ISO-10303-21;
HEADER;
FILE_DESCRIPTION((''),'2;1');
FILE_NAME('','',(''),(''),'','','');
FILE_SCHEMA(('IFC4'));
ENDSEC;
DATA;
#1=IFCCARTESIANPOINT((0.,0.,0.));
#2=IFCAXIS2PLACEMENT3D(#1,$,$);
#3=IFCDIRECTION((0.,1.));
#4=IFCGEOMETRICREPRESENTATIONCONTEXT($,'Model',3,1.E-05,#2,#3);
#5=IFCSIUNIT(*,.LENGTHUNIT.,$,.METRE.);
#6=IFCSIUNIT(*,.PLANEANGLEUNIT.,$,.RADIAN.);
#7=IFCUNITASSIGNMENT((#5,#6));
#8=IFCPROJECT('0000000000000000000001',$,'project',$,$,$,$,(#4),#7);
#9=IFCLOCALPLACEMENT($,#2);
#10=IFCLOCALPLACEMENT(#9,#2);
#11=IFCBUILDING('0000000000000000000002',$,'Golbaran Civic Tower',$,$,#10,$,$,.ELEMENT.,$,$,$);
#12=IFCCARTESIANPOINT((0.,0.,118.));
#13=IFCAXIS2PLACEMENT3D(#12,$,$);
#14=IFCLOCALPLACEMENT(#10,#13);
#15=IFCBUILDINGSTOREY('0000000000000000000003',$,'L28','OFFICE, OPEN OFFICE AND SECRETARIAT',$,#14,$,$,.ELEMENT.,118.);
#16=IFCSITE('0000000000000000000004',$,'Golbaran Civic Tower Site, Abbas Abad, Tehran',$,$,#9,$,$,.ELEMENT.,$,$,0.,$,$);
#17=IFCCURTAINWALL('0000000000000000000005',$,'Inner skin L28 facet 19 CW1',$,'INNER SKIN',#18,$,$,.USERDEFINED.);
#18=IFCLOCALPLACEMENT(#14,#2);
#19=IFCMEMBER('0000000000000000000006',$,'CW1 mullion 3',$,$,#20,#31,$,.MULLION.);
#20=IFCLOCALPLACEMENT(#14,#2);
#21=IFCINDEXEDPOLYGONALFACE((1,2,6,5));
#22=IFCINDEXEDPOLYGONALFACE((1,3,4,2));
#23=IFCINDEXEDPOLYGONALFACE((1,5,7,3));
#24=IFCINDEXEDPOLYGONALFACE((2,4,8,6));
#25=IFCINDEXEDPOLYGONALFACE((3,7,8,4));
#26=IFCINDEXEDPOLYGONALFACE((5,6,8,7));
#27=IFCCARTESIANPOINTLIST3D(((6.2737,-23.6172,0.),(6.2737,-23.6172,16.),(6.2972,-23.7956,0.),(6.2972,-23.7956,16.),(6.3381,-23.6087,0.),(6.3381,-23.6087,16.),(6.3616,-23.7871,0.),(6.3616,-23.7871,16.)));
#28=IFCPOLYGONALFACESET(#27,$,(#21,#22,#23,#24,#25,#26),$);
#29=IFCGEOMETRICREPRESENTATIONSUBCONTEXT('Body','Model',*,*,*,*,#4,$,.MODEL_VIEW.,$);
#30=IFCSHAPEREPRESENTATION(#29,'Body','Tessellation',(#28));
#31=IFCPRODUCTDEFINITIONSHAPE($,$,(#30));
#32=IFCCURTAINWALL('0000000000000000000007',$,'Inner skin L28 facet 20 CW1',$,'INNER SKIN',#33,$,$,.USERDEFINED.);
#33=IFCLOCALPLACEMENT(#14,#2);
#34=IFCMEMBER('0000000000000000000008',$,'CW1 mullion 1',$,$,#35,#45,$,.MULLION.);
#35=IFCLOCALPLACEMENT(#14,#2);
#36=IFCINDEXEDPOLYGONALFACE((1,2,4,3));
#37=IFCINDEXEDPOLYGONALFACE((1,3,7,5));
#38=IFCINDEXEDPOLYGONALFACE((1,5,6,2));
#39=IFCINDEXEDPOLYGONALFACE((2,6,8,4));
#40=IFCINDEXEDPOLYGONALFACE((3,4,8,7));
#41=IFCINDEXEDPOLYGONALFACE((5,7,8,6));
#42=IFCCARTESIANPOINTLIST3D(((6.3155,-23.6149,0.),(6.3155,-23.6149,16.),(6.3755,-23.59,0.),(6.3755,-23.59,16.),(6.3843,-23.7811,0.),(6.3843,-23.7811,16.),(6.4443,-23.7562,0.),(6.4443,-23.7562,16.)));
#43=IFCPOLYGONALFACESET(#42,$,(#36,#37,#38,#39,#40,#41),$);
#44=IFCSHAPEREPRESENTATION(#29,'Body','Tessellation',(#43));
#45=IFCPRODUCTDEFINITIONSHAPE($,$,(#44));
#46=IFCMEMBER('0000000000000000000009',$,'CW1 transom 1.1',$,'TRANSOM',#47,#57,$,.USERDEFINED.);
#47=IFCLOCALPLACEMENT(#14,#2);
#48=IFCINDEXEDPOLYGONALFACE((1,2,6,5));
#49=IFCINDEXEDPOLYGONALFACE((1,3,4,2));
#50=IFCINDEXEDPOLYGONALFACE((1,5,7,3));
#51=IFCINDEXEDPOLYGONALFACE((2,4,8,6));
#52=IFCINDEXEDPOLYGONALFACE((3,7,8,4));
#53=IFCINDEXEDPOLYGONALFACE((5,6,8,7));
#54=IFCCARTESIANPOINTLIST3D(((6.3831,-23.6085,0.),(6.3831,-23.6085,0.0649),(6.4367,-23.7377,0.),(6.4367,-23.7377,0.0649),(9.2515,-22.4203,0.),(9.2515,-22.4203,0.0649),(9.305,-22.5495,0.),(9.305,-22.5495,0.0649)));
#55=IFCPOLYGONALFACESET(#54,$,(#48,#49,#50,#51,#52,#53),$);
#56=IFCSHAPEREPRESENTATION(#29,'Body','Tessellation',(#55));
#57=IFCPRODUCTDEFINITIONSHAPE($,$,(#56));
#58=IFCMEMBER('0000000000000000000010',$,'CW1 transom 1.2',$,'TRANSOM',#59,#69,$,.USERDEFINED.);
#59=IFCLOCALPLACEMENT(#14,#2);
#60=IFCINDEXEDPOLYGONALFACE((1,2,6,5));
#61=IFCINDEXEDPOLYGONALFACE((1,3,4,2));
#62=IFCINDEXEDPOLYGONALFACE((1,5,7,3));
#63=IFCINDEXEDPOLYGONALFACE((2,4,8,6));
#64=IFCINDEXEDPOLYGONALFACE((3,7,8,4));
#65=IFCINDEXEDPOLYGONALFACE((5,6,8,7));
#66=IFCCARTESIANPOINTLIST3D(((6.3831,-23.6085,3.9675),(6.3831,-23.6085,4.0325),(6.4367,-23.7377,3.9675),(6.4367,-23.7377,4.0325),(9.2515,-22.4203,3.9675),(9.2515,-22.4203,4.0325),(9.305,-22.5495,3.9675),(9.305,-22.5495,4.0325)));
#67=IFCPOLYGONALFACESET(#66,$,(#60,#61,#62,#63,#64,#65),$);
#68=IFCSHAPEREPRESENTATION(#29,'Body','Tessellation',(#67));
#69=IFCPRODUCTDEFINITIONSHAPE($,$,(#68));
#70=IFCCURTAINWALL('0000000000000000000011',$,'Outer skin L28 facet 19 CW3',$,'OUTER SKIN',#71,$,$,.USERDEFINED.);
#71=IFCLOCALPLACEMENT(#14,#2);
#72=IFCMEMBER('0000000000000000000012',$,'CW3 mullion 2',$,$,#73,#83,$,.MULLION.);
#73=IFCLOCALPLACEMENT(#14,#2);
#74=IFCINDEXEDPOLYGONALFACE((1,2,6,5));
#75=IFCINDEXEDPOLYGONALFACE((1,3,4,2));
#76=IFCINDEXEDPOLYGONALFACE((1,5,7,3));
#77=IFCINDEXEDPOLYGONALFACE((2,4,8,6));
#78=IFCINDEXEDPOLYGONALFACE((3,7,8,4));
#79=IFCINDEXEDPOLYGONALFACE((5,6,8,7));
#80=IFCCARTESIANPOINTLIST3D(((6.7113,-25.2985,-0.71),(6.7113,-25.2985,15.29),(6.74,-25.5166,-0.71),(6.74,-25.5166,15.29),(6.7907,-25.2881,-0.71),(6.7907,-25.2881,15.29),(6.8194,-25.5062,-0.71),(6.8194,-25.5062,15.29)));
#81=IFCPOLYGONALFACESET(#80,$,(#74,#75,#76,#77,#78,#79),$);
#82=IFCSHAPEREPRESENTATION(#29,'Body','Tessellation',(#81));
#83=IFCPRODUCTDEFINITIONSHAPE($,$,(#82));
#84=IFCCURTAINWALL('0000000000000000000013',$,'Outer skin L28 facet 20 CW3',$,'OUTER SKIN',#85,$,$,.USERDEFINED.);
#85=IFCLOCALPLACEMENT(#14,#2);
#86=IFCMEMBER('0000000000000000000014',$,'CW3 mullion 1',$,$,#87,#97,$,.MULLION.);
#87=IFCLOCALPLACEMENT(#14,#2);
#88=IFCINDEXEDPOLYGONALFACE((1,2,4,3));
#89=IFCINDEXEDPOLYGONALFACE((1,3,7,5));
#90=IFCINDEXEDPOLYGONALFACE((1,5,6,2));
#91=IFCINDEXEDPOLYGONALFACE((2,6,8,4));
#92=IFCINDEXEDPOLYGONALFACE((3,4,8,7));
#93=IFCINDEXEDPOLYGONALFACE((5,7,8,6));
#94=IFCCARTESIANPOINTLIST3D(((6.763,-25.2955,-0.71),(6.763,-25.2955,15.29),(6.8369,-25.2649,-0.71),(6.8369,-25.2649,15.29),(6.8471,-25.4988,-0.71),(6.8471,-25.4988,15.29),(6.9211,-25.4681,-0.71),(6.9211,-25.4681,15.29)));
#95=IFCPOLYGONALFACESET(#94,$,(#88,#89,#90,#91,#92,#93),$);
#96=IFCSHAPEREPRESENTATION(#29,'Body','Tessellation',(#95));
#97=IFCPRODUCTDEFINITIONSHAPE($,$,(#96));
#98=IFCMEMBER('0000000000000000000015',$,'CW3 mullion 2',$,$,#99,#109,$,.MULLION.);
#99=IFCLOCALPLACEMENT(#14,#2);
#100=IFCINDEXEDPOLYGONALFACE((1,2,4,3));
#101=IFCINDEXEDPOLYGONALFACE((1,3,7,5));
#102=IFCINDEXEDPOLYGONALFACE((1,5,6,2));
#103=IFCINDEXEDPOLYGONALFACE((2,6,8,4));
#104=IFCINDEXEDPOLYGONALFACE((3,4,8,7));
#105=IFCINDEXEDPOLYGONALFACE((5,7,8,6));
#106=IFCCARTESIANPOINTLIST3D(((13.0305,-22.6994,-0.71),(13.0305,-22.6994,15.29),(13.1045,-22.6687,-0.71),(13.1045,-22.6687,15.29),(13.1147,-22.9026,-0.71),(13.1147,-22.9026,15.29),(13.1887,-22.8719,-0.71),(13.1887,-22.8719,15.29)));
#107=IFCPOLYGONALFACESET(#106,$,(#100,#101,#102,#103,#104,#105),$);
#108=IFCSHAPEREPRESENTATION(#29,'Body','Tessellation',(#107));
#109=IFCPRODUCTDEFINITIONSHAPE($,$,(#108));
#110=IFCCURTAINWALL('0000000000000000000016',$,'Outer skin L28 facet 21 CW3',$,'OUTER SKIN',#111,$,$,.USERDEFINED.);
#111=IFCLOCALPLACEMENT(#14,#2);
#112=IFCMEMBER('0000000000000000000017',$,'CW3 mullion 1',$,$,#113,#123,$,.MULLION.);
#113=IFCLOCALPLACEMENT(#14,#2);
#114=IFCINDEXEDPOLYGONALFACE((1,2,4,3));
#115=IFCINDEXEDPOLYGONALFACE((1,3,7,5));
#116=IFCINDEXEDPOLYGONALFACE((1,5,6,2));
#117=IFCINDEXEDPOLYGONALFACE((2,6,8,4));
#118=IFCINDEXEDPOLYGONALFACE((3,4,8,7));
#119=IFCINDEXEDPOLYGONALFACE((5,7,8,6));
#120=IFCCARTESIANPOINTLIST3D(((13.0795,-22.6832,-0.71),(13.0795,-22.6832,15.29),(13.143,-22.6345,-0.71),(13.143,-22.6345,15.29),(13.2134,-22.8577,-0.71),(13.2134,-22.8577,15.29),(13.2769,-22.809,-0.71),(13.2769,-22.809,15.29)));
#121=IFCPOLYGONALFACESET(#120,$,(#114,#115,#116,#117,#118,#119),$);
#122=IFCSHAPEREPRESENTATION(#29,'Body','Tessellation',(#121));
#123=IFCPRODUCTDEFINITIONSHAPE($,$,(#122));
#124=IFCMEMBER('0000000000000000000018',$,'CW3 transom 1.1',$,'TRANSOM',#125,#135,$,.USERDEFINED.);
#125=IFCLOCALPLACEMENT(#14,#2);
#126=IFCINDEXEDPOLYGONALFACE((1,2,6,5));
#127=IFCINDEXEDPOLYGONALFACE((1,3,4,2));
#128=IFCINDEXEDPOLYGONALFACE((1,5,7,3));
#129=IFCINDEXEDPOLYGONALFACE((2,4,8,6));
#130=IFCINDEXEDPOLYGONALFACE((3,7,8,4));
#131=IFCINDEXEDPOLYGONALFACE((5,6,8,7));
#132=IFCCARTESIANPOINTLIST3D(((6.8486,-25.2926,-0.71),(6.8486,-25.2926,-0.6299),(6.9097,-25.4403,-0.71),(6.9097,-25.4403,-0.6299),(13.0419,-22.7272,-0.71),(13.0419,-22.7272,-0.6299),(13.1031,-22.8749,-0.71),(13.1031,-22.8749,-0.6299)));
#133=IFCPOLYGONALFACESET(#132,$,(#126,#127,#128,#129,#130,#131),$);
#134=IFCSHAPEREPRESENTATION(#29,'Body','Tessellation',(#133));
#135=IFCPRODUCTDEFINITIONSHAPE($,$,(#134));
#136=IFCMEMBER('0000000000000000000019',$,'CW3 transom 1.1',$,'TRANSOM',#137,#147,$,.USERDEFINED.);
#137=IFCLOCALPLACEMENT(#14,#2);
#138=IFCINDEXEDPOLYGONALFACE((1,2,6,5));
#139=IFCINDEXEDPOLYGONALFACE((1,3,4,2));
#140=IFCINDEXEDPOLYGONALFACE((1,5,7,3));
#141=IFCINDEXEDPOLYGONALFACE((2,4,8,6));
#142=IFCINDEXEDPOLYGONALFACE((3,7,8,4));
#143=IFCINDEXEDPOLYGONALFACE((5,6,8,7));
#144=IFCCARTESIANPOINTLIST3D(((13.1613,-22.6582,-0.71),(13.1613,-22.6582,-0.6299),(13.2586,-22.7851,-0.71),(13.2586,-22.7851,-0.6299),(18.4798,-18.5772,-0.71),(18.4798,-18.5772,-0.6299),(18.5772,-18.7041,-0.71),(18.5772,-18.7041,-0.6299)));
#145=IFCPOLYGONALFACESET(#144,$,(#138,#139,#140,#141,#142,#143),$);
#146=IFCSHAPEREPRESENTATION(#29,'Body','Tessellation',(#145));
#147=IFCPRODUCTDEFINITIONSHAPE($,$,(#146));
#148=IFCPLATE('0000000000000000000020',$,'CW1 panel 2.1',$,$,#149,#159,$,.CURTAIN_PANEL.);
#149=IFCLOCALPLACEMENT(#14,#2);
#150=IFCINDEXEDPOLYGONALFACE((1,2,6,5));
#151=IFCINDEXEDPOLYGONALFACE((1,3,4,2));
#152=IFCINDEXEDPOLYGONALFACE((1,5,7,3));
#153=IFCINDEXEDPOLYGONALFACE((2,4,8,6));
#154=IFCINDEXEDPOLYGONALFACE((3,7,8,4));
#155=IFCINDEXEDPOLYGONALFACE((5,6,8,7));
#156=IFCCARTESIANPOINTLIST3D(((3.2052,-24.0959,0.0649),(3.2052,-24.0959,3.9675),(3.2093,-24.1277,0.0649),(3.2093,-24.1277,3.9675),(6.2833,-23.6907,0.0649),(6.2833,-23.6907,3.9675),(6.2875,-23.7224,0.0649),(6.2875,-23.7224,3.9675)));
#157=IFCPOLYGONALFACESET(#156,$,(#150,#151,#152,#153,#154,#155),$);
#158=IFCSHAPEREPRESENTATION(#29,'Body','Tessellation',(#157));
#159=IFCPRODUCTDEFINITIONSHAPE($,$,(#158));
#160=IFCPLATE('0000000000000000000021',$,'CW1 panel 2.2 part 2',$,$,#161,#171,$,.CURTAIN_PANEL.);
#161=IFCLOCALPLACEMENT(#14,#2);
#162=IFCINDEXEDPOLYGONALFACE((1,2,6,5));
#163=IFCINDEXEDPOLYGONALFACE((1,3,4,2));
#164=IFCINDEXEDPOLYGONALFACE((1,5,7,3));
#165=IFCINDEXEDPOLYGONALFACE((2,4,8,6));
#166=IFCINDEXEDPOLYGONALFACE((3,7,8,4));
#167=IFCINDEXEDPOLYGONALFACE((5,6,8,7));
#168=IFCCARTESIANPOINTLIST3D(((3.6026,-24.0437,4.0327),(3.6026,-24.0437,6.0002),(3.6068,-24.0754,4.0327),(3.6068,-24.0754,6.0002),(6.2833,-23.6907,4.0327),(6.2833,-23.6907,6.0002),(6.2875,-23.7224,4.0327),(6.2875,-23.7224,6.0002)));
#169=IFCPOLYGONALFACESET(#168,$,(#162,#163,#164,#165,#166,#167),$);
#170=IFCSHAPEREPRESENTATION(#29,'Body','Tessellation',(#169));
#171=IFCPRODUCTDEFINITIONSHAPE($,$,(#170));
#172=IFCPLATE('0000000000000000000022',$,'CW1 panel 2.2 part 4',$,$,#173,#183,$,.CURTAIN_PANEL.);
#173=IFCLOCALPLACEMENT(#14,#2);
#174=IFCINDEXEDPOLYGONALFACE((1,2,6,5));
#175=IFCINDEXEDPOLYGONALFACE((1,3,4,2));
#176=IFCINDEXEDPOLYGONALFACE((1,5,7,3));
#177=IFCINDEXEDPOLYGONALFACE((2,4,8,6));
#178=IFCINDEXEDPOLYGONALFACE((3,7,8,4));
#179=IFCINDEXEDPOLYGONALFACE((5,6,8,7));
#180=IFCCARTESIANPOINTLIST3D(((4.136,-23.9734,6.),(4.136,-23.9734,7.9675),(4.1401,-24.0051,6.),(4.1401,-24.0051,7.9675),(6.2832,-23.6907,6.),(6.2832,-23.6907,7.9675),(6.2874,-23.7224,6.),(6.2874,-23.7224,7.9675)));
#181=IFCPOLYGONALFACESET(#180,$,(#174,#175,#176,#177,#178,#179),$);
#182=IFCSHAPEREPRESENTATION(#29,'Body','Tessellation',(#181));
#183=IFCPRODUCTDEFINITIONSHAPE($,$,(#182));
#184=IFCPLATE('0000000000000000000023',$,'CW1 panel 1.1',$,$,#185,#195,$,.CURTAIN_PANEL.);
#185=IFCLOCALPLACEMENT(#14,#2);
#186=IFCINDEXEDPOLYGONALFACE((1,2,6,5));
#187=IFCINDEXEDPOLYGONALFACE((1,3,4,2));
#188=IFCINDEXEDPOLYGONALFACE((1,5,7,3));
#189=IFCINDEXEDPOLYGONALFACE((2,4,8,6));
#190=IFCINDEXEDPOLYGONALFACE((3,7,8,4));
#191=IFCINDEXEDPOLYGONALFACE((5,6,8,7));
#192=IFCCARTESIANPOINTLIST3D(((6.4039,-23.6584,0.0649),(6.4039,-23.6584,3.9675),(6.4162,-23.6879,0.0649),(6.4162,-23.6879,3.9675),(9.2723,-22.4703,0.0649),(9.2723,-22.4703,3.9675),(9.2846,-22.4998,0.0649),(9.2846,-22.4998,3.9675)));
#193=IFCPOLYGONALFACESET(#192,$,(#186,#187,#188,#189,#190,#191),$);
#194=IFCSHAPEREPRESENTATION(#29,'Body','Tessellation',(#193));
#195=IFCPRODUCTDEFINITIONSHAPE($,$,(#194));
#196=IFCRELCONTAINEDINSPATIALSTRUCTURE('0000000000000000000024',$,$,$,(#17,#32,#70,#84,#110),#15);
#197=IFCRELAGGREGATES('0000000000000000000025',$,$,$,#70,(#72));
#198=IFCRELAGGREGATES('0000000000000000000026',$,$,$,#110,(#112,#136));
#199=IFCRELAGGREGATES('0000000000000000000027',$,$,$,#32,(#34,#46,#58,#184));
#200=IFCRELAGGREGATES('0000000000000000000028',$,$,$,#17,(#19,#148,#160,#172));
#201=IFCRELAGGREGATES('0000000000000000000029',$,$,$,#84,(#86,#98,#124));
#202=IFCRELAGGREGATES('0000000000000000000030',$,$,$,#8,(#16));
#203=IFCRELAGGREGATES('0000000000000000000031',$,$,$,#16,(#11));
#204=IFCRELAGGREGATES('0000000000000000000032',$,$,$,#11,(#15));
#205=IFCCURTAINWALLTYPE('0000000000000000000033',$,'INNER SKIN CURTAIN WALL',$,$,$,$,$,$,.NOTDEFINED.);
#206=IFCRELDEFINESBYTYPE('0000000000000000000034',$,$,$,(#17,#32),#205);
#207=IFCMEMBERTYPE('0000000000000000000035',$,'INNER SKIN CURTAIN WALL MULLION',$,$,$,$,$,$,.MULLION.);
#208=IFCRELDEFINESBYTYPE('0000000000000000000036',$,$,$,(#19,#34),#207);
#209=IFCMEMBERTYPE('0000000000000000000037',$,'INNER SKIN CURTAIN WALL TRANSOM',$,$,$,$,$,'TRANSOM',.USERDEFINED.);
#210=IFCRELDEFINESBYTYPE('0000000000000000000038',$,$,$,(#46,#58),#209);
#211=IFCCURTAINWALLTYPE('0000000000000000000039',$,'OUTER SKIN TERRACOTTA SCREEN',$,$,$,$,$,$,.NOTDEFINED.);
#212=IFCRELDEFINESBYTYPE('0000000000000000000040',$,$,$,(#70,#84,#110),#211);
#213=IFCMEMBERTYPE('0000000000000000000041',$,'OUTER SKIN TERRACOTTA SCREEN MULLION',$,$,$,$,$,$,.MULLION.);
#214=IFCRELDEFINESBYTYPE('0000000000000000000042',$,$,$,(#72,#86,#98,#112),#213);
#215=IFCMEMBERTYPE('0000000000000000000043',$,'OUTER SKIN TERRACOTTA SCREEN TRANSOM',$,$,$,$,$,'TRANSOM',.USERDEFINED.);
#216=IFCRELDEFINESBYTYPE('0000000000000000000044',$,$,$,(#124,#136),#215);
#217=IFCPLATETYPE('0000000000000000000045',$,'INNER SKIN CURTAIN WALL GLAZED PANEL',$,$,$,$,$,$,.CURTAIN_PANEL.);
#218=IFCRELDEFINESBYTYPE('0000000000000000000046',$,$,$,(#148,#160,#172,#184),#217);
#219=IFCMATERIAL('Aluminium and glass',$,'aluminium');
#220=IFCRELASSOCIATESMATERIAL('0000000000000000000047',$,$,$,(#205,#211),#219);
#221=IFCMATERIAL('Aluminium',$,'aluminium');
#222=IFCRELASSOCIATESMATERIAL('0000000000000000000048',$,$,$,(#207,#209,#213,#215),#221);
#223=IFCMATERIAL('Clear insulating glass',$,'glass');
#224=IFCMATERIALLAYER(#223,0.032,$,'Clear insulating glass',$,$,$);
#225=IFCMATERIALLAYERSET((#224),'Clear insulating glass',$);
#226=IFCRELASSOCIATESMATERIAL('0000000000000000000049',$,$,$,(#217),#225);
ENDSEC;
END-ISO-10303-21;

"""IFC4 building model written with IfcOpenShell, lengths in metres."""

from ifc_helpers import new_model, si_unit, direction, frame, origin, origin_2d, place, context, subcontext, project, spatial, rectangle, extrude, material, layer, layer_set, material_profile, profile_set, type_object, element, aggregate, save


model = new_model("IFC4")

# Units and contexts
model_context = context("Model", 3, precision=1e-05, world=origin(), true_north=direction((0.0, 1.0)))
body_context = subcontext(model_context, "Body", "Model", "MODEL_VIEW")
ifc_project = project(units=[si_unit("LENGTHUNIT", "METRE"), si_unit("PLANEANGLEUNIT", "RADIAN")], contexts=[model_context])

# Site, building, storey
site_placement = place(None, origin())
site = spatial("IfcSite", under=ifc_project, at=site_placement, Name="Golbaran Civic Tower Site, Abbas Abad, Tehran", CompositionType="ELEMENT", RefElevation=0.0)
building_placement = place(site_placement, origin())
building = spatial("IfcBuilding", under=site, at=building_placement, Name="Golbaran Civic Tower", CompositionType="ELEMENT")
storey_placement = place(building_placement, frame((0.0, 0.0, 118.0)))
storey = spatial("IfcBuildingStorey", under=building, at=storey_placement, Name="L28", Description="OFFICE, OPEN OFFICE AND SECRETARIAT", CompositionType="ELEMENT", Elevation=118.0)

# Curtain wall, member
ifc_material_1 = material(Name="Aluminium and glass", Category="aluminium")
curtain_wall_type_1 = type_object("IfcCurtainWallType", Name="INNER SKIN CURTAIN WALL", PredefinedType="NOTDEFINED", material=ifc_material_1)
curtain_wall_1_placement = place(storey_placement, origin())
curtain_wall_1 = element("IfcCurtainWall", 1, at=curtain_wall_1_placement, inside=storey, type_object=curtain_wall_type_1, Name="Inner skin L28 facet 19 CW1", ObjectType="INNER SKIN", PredefinedType="USERDEFINED")
ifc_material_2 = material(Name="Aluminium", Category="aluminium")
ifc_material_profile_1 = material_profile(ifc_material_2, rectangle(XDim=0.1799, YDim=0.0649, at=origin_2d()), Name="INNER SKIN CURTAIN WALL MULLION")
ifc_profile_set_1 = profile_set([ifc_material_profile_1], Name="Aluminium")
member_type_1 = type_object("IfcMemberType", Name="INNER SKIN CURTAIN WALL MULLION", PredefinedType="MULLION", material=ifc_profile_set_1)
member_1_placement = place(storey_placement, frame((6.3176, -23.7021, 0.0), z_axis=(0.0, 0.0, 1.0), x_axis=(-0.130526, 0.991445, 0.0)))
member_1 = element("IfcMember", 2, at=member_1_placement, type_object=member_type_1, Name="CW1 mullion 3", PredefinedType="MULLION", context=body_context, shape_type="SweptSolid", body=[
    extrude(rectangle(XDim=0.1799, YDim=0.0649, at=origin_2d()), origin(), (0.0, 0.0, 1.0), 16.0),
])

# Curtain wall, members
curtain_wall_2_placement = place(storey_placement, origin())
curtain_wall_2 = element("IfcCurtainWall", 3, at=curtain_wall_2_placement, inside=storey, type_object=curtain_wall_type_1, Name="Inner skin L28 facet 20 CW1", ObjectType="INNER SKIN", PredefinedType="USERDEFINED")
member_2_placement = place(storey_placement, frame((6.3799, -23.6855, 0.0), z_axis=(0.0, 0.0, 1.0), x_axis=(-0.382683, 0.92388, 0.0)))
member_2 = element("IfcMember", 4, at=member_2_placement, type_object=member_type_1, Name="CW1 mullion 1", PredefinedType="MULLION", context=body_context, shape_type="SweptSolid", body=[
    extrude(rectangle(XDim=0.1799, YDim=0.0649, at=origin_2d()), origin(), (0.0, 0.0, 1.0), 16.0),
])
ifc_material_profile_2 = material_profile(ifc_material_2, rectangle(XDim=0.1399, YDim=0.0649, at=origin_2d()), Name="INNER SKIN CURTAIN WALL TRANSOM")
ifc_profile_set_2 = profile_set([ifc_material_profile_2], Name="Aluminium")
member_type_2 = type_object("IfcMemberType", Name="INNER SKIN CURTAIN WALL TRANSOM", ElementType="TRANSOM", PredefinedType="USERDEFINED", material=ifc_profile_set_2)
member_3_placement = place(storey_placement, frame((6.4099, -23.6731, 0.0325), z_axis=(0.923868, 0.382711, 0.0), x_axis=(-0.382711, 0.923868, 0.0)))
member_3 = element("IfcMember", 5, at=member_3_placement, type_object=member_type_2, Name="CW1 transom 1.1", ObjectType="TRANSOM", PredefinedType="USERDEFINED", context=body_context, shape_type="SweptSolid", body=[
    extrude(rectangle(XDim=0.1399, YDim=0.0649, at=origin_2d()), origin(), (0.0, 0.0, 1.0), 3.1047),
])
member_4_placement = place(storey_placement, frame((6.4099, -23.6731, 4.0), z_axis=(0.923868, 0.382711, 0.0), x_axis=(-0.382711, 0.923868, 0.0)))
member_4 = element("IfcMember", 6, at=member_4_placement, type_object=member_type_2, Name="CW1 transom 1.2", ObjectType="TRANSOM", PredefinedType="USERDEFINED", context=body_context, shape_type="SweptSolid", body=[
    extrude(rectangle(XDim=0.1399, YDim=0.0649, at=origin_2d()), origin(), (0.0, 0.0, 1.0), 3.1047),
])

# Curtain wall, member
curtain_wall_type_2 = type_object("IfcCurtainWallType", Name="OUTER SKIN TERRACOTTA SCREEN", PredefinedType="NOTDEFINED", material=ifc_material_1)
curtain_wall_3_placement = place(storey_placement, origin())
curtain_wall_3 = element("IfcCurtainWall", 7, at=curtain_wall_3_placement, inside=storey, type_object=curtain_wall_type_2, Name="Outer skin L28 facet 19 CW3", ObjectType="OUTER SKIN", PredefinedType="USERDEFINED")
ifc_material_profile_3 = material_profile(ifc_material_2, rectangle(XDim=0.22, YDim=0.0801, at=origin_2d()), Name="OUTER SKIN TERRACOTTA SCREEN MULLION")
ifc_profile_set_3 = profile_set([ifc_material_profile_3], Name="Aluminium")
member_type_3 = type_object("IfcMemberType", Name="OUTER SKIN TERRACOTTA SCREEN MULLION", PredefinedType="MULLION", material=ifc_profile_set_3)
member_5_placement = place(storey_placement, frame((6.7654, -25.4023, -0.71), z_axis=(0.0, 0.0, 1.0), x_axis=(-0.130526, 0.991445, 0.0)))
member_5 = element("IfcMember", 8, at=member_5_placement, type_object=member_type_3, Name="CW3 mullion 2", PredefinedType="MULLION", context=body_context, shape_type="SweptSolid", body=[
    extrude(rectangle(XDim=0.22, YDim=0.0801, at=origin_2d()), origin(), (0.0, 0.0, 1.0), 16.0),
])
aggregate(curtain_wall_3, [member_5])

# Curtain wall, members
curtain_wall_4_placement = place(storey_placement, origin())
curtain_wall_4 = element("IfcCurtainWall", 9, at=curtain_wall_4_placement, inside=storey, type_object=curtain_wall_type_2, Name="Outer skin L28 facet 20 CW3", ObjectType="OUTER SKIN", PredefinedType="USERDEFINED")
member_6_placement = place(storey_placement, frame((6.842, -25.3818, -0.71), z_axis=(0.0, 0.0, 1.0), x_axis=(-0.382683, 0.92388, 0.0)))
member_6 = element("IfcMember", 10, at=member_6_placement, type_object=member_type_3, Name="CW3 mullion 1", PredefinedType="MULLION", context=body_context, shape_type="SweptSolid", body=[
    extrude(rectangle(XDim=0.22, YDim=0.0801, at=origin_2d()), origin(), (0.0, 0.0, 1.0), 16.0),
])
member_7_placement = place(storey_placement, frame((13.1096, -22.7856, -0.71), z_axis=(0.0, 0.0, 1.0), x_axis=(-0.382683, 0.92388, 0.0)))
member_7 = element("IfcMember", 11, at=member_7_placement, type_object=member_type_3, Name="CW3 mullion 2", PredefinedType="MULLION", context=body_context, shape_type="SweptSolid", body=[
    extrude(rectangle(XDim=0.22, YDim=0.0801, at=origin_2d()), origin(), (0.0, 0.0, 1.0), 16.0),
])

# Curtain wall, member
curtain_wall_5_placement = place(storey_placement, origin())
curtain_wall_5 = element("IfcCurtainWall", 12, at=curtain_wall_5_placement, inside=storey, type_object=curtain_wall_type_2, Name="Outer skin L28 facet 21 CW3", ObjectType="OUTER SKIN", PredefinedType="USERDEFINED")
member_8_placement = place(storey_placement, frame((13.1782, -22.7461, -0.71), z_axis=(0.0, 0.0, 1.0), x_axis=(-0.608761, 0.793353, 0.0)))
member_8 = element("IfcMember", 13, at=member_8_placement, type_object=member_type_3, Name="CW3 mullion 1", PredefinedType="MULLION", context=body_context, shape_type="SweptSolid", body=[
    extrude(rectangle(XDim=0.22, YDim=0.0801, at=origin_2d()), origin(), (0.0, 0.0, 1.0), 16.0),
])

# Members
ifc_material_profile_4 = material_profile(ifc_material_2, rectangle(XDim=0.1599, YDim=0.0801, at=origin_2d()), Name="OUTER SKIN TERRACOTTA SCREEN TRANSOM")
ifc_profile_set_4 = profile_set([ifc_material_profile_4], Name="Aluminium")
member_type_4 = type_object("IfcMemberType", Name="OUTER SKIN TERRACOTTA SCREEN TRANSOM", ElementType="TRANSOM", PredefinedType="USERDEFINED", material=ifc_profile_set_4)
member_9_placement = place(storey_placement, frame((6.8792, -25.3665, -0.6699), z_axis=(0.923877, 0.382691, 0.0), x_axis=(-0.382691, 0.923877, 0.0)))
member_9 = element("IfcMember", 14, at=member_9_placement, type_object=member_type_4, Name="CW3 transom 1.1", ObjectType="TRANSOM", PredefinedType="USERDEFINED", context=body_context, shape_type="SweptSolid", body=[
    extrude(rectangle(XDim=0.1599, YDim=0.0801, at=origin_2d()), origin(), (0.0, 0.0, 1.0), 6.7036),
])
member_10_placement = place(storey_placement, frame((13.21, -22.7217, -0.6699), z_axis=(0.793357, 0.608756, 0.0), x_axis=(-0.608756, 0.793357, 0.0)))
member_10 = element("IfcMember", 15, at=member_10_placement, type_object=member_type_4, Name="CW3 transom 1.1", ObjectType="TRANSOM", PredefinedType="USERDEFINED", context=body_context, shape_type="SweptSolid", body=[
    extrude(rectangle(XDim=0.1599, YDim=0.0801, at=origin_2d()), origin(), (0.0, 0.0, 1.0), 6.7039),
])
aggregate(curtain_wall_5, [member_8, member_10])

# Plates
ifc_material_3 = material(Name="Clear insulating glass", Category="glass")
ifc_layer_1 = layer(ifc_material_3, 0.032, Name="Clear insulating glass")
ifc_layer_set_1 = layer_set([ifc_layer_1], Name="Clear insulating glass")
plate_type_1 = type_object("IfcPlateType", Name="INNER SKIN CURTAIN WALL GLAZED PANEL", PredefinedType="CURTAIN_PANEL", material=ifc_layer_set_1)
plate_1_placement = place(storey_placement, frame((4.7463, -23.9092, 0.0649), z_axis=(0.0, 0.0, 1.0), x_axis=(0.991445, 0.130526, 0.0)))
plate_1 = element("IfcPlate", 16, at=plate_1_placement, type_object=plate_type_1, Name="CW1 panel 2.1", PredefinedType="CURTAIN_PANEL", context=body_context, shape_type="SweptSolid", body=[
    extrude(rectangle(XDim=3.1047, YDim=0.032, at=origin_2d()), origin(), (0.0, 0.0, 1.0), 3.9026),
])
plate_2_placement = place(storey_placement, frame((4.9451, -23.8831, 4.0327), z_axis=(0.0, 0.0, 1.0), x_axis=(0.991445, 0.130526, 0.0)))
plate_2 = element("IfcPlate", 17, at=plate_2_placement, type_object=plate_type_1, Name="CW1 panel 2.2 part 2", PredefinedType="CURTAIN_PANEL", context=body_context, shape_type="SweptSolid", body=[
    extrude(rectangle(XDim=2.7039, YDim=0.032, at=origin_2d()), origin(), (0.0, 0.0, 1.0), 1.9675),
])
plate_3_placement = place(storey_placement, frame((5.2117, -23.8479, 6.0), z_axis=(0.0, 0.0, 1.0), x_axis=(0.991445, 0.130526, 0.0)))
plate_3 = element("IfcPlate", 18, at=plate_3_placement, type_object=plate_type_1, Name="CW1 panel 2.2 part 4", PredefinedType="CURTAIN_PANEL", context=body_context, shape_type="SweptSolid", body=[
    extrude(rectangle(XDim=2.1658, YDim=0.032, at=origin_2d()), origin(), (0.0, 0.0, 1.0), 1.9675),
])
plate_4_placement = place(storey_placement, frame((7.8442, -23.0791, 0.0649), z_axis=(0.0, 0.0, 1.0), x_axis=(0.92388, 0.382683, 0.0)))
plate_4 = element("IfcPlate", 19, at=plate_4_placement, type_object=plate_type_1, Name="CW1 panel 1.1", PredefinedType="CURTAIN_PANEL", context=body_context, shape_type="SweptSolid", body=[
    extrude(rectangle(XDim=3.1047, YDim=0.032, at=origin_2d()), origin(), (0.0, 0.0, 1.0), 3.9026),
])
aggregate(curtain_wall_2, [member_2, member_3, member_4, plate_4])
aggregate(curtain_wall_1, [member_1, plate_1, plate_2, plate_3])
aggregate(curtain_wall_4, [member_6, member_7, member_9])

save(model, "model.ifc")
